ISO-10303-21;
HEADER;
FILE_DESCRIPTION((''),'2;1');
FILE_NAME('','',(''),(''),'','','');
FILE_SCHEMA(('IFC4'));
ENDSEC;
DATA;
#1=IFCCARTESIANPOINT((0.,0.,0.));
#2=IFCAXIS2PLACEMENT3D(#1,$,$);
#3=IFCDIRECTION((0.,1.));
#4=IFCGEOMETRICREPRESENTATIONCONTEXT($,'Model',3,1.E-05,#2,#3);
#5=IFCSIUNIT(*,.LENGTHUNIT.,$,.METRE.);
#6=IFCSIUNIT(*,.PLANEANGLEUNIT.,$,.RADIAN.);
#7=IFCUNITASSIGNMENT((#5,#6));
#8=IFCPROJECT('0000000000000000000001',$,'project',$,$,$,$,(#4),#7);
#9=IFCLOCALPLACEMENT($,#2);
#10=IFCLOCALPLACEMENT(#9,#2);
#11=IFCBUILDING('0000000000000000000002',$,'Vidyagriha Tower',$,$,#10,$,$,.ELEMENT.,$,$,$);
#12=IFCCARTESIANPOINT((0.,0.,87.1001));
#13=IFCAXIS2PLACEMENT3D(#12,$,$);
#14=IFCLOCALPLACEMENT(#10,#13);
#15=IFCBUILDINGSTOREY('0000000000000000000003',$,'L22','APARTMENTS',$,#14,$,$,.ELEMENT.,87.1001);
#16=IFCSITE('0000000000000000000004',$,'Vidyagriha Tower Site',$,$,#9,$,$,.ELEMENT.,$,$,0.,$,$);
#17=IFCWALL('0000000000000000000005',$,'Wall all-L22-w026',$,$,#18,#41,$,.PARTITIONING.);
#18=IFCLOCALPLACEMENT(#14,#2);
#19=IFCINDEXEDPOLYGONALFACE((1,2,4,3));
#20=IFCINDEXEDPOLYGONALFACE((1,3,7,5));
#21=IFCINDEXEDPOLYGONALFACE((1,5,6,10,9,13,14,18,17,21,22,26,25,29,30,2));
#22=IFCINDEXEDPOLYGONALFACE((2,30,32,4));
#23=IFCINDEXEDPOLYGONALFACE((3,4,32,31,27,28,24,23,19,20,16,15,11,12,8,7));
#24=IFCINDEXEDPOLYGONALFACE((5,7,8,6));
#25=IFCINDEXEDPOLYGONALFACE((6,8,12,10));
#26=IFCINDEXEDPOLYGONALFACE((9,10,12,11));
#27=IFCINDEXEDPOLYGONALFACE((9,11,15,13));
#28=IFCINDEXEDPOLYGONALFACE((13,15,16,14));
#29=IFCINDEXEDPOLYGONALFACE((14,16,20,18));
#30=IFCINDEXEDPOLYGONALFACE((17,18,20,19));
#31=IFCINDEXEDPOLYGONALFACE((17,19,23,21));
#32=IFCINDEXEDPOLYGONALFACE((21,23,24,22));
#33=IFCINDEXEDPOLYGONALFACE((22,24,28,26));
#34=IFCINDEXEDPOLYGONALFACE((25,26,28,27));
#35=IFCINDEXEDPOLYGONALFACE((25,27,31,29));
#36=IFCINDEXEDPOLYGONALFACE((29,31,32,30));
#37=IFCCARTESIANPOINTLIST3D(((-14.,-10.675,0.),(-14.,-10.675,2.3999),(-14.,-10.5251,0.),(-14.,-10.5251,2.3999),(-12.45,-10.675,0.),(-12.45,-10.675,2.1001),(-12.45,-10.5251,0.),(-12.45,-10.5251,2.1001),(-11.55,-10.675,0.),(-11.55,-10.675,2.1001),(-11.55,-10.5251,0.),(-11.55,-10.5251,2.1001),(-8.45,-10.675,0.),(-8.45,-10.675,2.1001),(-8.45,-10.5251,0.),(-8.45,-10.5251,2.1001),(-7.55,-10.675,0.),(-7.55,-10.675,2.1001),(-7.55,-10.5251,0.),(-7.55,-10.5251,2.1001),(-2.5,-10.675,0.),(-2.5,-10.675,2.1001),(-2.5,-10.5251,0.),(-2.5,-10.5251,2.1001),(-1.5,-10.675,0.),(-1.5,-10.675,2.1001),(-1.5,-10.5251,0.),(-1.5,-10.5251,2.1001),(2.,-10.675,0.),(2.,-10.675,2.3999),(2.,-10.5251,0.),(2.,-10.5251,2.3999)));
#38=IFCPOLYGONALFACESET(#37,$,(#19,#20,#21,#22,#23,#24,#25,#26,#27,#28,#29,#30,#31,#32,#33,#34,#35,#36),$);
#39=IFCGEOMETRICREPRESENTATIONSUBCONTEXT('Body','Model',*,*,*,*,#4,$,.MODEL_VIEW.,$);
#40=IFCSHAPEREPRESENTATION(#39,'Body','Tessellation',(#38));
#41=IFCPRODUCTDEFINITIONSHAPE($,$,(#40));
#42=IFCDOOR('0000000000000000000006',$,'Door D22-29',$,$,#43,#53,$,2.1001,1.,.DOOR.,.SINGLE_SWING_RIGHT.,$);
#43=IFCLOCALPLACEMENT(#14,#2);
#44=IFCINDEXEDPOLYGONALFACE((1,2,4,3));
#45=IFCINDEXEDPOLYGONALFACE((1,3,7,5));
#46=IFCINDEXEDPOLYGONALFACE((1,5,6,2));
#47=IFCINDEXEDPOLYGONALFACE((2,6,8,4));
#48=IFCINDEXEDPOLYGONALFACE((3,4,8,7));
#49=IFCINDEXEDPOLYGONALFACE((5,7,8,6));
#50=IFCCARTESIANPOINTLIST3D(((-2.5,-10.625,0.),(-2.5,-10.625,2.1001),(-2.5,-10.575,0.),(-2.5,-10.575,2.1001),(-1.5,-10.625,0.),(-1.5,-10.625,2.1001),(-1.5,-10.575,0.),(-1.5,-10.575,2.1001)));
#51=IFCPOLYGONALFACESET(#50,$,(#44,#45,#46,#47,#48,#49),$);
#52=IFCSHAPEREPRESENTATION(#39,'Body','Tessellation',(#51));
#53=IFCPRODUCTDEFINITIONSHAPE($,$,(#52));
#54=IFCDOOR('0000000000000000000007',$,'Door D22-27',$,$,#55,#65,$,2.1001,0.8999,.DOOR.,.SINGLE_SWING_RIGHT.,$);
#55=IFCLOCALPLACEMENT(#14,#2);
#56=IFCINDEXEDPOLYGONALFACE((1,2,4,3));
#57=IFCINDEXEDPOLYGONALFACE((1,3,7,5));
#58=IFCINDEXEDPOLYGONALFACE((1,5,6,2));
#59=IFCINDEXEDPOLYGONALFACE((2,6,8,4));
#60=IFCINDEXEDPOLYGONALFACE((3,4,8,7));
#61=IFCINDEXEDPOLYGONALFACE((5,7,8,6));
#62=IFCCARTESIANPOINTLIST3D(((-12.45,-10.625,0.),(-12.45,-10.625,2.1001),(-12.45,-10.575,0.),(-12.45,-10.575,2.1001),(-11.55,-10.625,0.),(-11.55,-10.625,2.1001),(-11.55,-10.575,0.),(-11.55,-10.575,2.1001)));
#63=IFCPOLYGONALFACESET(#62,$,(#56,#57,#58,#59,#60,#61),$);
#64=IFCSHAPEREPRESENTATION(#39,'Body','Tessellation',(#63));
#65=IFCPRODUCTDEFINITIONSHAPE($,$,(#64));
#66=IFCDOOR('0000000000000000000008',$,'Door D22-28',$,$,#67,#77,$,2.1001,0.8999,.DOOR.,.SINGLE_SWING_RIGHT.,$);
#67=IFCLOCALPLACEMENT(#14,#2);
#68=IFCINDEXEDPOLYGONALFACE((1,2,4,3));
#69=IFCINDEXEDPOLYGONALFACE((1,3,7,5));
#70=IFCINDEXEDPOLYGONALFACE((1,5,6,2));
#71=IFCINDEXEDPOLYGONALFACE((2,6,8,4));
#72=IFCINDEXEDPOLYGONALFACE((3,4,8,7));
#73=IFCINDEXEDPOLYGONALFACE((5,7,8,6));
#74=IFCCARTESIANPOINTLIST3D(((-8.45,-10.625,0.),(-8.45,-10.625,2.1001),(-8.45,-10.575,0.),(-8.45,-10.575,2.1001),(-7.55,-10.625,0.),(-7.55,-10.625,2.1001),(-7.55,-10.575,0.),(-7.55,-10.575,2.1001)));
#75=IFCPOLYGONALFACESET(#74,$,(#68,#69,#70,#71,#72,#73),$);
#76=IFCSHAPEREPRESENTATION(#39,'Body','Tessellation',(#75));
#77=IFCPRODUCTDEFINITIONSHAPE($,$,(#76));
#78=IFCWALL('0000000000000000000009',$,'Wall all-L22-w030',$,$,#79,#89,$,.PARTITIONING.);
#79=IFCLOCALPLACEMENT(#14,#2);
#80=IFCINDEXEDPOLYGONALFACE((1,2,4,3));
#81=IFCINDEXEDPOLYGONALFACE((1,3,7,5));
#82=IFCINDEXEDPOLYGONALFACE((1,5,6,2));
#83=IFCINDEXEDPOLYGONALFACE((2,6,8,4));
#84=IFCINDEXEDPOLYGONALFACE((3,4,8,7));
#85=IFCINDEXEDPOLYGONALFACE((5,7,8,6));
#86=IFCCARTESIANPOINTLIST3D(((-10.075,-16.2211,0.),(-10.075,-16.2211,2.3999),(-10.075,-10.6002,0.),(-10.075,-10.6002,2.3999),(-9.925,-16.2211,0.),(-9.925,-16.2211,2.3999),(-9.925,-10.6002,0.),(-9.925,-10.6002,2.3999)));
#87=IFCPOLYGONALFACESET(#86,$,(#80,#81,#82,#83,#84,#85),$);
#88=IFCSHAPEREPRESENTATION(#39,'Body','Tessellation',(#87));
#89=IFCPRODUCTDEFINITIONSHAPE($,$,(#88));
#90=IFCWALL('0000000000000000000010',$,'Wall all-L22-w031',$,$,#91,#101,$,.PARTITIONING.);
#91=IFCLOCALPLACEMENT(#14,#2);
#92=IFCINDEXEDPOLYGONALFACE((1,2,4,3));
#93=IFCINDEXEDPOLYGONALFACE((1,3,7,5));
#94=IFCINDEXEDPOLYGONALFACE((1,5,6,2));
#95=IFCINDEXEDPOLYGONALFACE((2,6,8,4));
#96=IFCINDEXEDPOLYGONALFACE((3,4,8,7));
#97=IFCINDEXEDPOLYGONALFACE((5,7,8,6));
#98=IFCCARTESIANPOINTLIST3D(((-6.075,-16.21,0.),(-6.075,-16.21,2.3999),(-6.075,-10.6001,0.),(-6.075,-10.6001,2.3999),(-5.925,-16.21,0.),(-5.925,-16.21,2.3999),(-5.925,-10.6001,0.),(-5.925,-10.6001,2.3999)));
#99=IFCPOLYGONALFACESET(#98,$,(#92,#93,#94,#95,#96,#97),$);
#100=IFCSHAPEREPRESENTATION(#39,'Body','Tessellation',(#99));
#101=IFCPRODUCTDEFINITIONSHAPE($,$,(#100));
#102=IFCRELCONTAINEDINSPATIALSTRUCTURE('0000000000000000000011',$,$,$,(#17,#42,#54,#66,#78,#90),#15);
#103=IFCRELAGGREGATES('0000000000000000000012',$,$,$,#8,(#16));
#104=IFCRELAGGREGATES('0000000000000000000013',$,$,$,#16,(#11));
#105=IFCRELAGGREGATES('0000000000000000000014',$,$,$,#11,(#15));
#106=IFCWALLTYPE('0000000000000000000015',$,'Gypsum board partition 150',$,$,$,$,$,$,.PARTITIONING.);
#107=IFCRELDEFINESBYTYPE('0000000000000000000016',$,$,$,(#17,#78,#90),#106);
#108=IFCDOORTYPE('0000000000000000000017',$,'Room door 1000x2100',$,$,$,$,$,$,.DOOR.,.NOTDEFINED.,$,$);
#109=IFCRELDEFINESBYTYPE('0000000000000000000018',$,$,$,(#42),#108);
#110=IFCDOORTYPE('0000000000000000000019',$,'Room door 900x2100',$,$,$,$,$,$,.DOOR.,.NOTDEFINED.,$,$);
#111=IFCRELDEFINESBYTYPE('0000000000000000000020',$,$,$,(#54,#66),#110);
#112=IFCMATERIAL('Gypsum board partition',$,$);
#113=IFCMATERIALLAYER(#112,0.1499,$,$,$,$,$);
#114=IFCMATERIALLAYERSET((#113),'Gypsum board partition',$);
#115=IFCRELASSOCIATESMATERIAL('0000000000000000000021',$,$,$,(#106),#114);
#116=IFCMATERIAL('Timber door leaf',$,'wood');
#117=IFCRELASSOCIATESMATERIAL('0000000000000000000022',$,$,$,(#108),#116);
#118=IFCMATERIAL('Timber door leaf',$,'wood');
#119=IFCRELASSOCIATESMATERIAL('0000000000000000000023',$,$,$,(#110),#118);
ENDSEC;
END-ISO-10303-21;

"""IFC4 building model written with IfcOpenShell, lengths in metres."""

from ifc_helpers import new_model, si_unit, direction, frame, frame_2d, origin, place, context, subcontext, project, spatial, rectangle, extrude, material, layer, layer_set, type_object, element, fill, save


model = new_model("IFC4")

# Units and contexts
model_context = context("Model", 3, precision=1e-05, world=origin(), true_north=direction((0.0, 1.0)))
body_context = subcontext(model_context, "Body", "Model", "MODEL_VIEW")
ifc_project = project(units=[si_unit("LENGTHUNIT", "METRE"), si_unit("PLANEANGLEUNIT", "RADIAN")], contexts=[model_context])

# Site, building, storey
site_placement = place(None, origin())
site = spatial("IfcSite", under=ifc_project, at=site_placement, Name="Vidyagriha Tower Site", CompositionType="ELEMENT", RefElevation=0.0)
building_placement = place(site_placement, origin())
building = spatial("IfcBuilding", under=site, at=building_placement, Name="Vidyagriha Tower", CompositionType="ELEMENT")
storey_placement = place(building_placement, frame((0.0, 0.0, 87.1001)))
storey = spatial("IfcBuildingStorey", under=building, at=storey_placement, Name="L22", Description="APARTMENTS", CompositionType="ELEMENT", Elevation=87.1001)

# Wall, openings, doors
ifc_material_1 = material(Name="Gypsum board partition")
ifc_layer_1 = layer(ifc_material_1, 0.1499)
ifc_layer_set_1 = layer_set([ifc_layer_1], Name="Gypsum board partition")
wall_type_1 = type_object("IfcWallType", Name="Gypsum board partition 150", PredefinedType="PARTITIONING", material=ifc_layer_set_1)
ifc_material_2 = material(Name="Timber door leaf", Category="wood")
door_type_1 = type_object("IfcDoorType", Name="Room door 1000x2100", OperationType="NOTDEFINED", PredefinedType="DOOR", material=ifc_material_2)
ifc_material_3 = material(Name="Timber door leaf", Category="wood")
door_type_2 = type_object("IfcDoorType", Name="Room door 900x2100", OperationType="NOTDEFINED", PredefinedType="DOOR", material=ifc_material_3)
wall_1_placement = place(storey_placement, frame((2.0, -10.6001, 0.0), z_axis=(0.0, 0.0, 1.0), x_axis=(-1.0, 0.0, 0.0)))
wall_1 = element("IfcWall", 1, at=wall_1_placement, inside=storey, type_object=wall_type_1, Name="Wall all-L22-w026", PredefinedType="PARTITIONING", context=body_context, shape_type="SweptSolid", body=[
    extrude(rectangle(XDim=16.0, YDim=0.1499, at=frame_2d((8.0, 0.0))), origin(), (0.0, 0.0, 1.0), 2.3999),
])
opening_1_placement = place(wall_1_placement, frame((13.55, 0.0, 0.0)))
opening_1 = element("IfcOpeningElement", 2, at=opening_1_placement, cuts=wall_1, PredefinedType="OPENING", context=body_context, shape_type="SweptSolid", body=[
    extrude(rectangle(XDim=0.8999, YDim=2.1001, at=frame_2d((0.45, 1.05))), frame((0.0, 0.085, 0.0), z_axis=(0.0, -1.0, 0.0), x_axis=(1.0, 0.0, 0.0)), (0.0, 0.0, 1.0), 0.1699),
])
opening_2_placement = place(wall_1_placement, frame((9.55, 0.0, 0.0)))
opening_2 = element("IfcOpeningElement", 3, at=opening_2_placement, cuts=wall_1, PredefinedType="OPENING", context=body_context, shape_type="SweptSolid", body=[
    extrude(rectangle(XDim=0.8999, YDim=2.1001, at=frame_2d((0.45, 1.05))), frame((0.0, 0.085, 0.0), z_axis=(0.0, -1.0, 0.0), x_axis=(1.0, 0.0, 0.0)), (0.0, 0.0, 1.0), 0.1699),
])
opening_3_placement = place(wall_1_placement, frame((3.5, 0.0, 0.0)))
opening_3 = element("IfcOpeningElement", 4, at=opening_3_placement, cuts=wall_1, PredefinedType="OPENING", context=body_context, shape_type="SweptSolid", body=[
    extrude(rectangle(XDim=1.0, YDim=2.1001, at=frame_2d((0.5, 1.05))), frame((0.0, 0.085, 0.0), z_axis=(0.0, -1.0, 0.0), x_axis=(1.0, 0.0, 0.0)), (0.0, 0.0, 1.0), 0.1699),
])
door_1_placement = place(opening_3_placement, origin())
door_1 = element("IfcDoor", 5, at=door_1_placement, inside=storey, type_object=door_type_1, Name="Door D22-29", OperationType="SINGLE_SWING_RIGHT", OverallHeight=2.1001, OverallWidth=1.0, PredefinedType="DOOR", context=body_context, shape_type="SweptSolid", body=[
    extrude(rectangle(XDim=1.0, YDim=2.1001, at=frame_2d((0.5, 1.05))), frame((0.0, 0.0249, 0.0), z_axis=(0.0, -1.0, 0.0), x_axis=(1.0, 0.0, 0.0)), (0.0, 0.0, 1.0), 0.05),
])
fill(opening_3, door_1)
door_2_placement = place(opening_1_placement, origin())
door_2 = element("IfcDoor", 6, at=door_2_placement, inside=storey, type_object=door_type_2, Name="Door D22-27", OperationType="SINGLE_SWING_RIGHT", OverallHeight=2.1001, OverallWidth=0.8999, PredefinedType="DOOR", context=body_context, shape_type="SweptSolid", body=[
    extrude(rectangle(XDim=0.8999, YDim=2.1001, at=frame_2d((0.45, 1.05))), frame((0.0, 0.0249, 0.0), z_axis=(0.0, -1.0, 0.0), x_axis=(1.0, 0.0, 0.0)), (0.0, 0.0, 1.0), 0.05),
])
fill(opening_1, door_2)
door_3_placement = place(opening_2_placement, origin())
door_3 = element("IfcDoor", 7, at=door_3_placement, inside=storey, type_object=door_type_2, Name="Door D22-28", OperationType="SINGLE_SWING_RIGHT", OverallHeight=2.1001, OverallWidth=0.8999, PredefinedType="DOOR", context=body_context, shape_type="SweptSolid", body=[
    extrude(rectangle(XDim=0.8999, YDim=2.1001, at=frame_2d((0.45, 1.05))), frame((0.0, 0.0249, 0.0), z_axis=(0.0, -1.0, 0.0), x_axis=(1.0, 0.0, 0.0)), (0.0, 0.0, 1.0), 0.05),
])
fill(opening_2, door_3)

# Walls
wall_2_placement = place(storey_placement, frame((-10.0, -10.6001, 0.0), z_axis=(0.0, 0.0, 1.0), x_axis=(0.0, -1.0, 0.0)))
element("IfcWall", 8, at=wall_2_placement, inside=storey, type_object=wall_type_1, Name="Wall all-L22-w030", PredefinedType="PARTITIONING", context=body_context, shape_type="SweptSolid", body=[
    extrude(rectangle(XDim=5.6208, YDim=0.1499, at=frame_2d((2.8105, 0.0))), origin(), (0.0, 0.0, 1.0), 2.3999),
])
wall_3_placement = place(storey_placement, frame((-6.0, -10.6001, 0.0), z_axis=(0.0, 0.0, 1.0), x_axis=(0.0, -1.0, 0.0)))
element("IfcWall", 9, at=wall_3_placement, inside=storey, type_object=wall_type_1, Name="Wall all-L22-w031", PredefinedType="PARTITIONING", context=body_context, shape_type="SweptSolid", body=[
    extrude(rectangle(XDim=5.6099, YDim=0.1499, at=frame_2d((2.8049, 0.0))), origin(), (0.0, 0.0, 1.0), 2.3999),
])

save(model, "model.ifc")
